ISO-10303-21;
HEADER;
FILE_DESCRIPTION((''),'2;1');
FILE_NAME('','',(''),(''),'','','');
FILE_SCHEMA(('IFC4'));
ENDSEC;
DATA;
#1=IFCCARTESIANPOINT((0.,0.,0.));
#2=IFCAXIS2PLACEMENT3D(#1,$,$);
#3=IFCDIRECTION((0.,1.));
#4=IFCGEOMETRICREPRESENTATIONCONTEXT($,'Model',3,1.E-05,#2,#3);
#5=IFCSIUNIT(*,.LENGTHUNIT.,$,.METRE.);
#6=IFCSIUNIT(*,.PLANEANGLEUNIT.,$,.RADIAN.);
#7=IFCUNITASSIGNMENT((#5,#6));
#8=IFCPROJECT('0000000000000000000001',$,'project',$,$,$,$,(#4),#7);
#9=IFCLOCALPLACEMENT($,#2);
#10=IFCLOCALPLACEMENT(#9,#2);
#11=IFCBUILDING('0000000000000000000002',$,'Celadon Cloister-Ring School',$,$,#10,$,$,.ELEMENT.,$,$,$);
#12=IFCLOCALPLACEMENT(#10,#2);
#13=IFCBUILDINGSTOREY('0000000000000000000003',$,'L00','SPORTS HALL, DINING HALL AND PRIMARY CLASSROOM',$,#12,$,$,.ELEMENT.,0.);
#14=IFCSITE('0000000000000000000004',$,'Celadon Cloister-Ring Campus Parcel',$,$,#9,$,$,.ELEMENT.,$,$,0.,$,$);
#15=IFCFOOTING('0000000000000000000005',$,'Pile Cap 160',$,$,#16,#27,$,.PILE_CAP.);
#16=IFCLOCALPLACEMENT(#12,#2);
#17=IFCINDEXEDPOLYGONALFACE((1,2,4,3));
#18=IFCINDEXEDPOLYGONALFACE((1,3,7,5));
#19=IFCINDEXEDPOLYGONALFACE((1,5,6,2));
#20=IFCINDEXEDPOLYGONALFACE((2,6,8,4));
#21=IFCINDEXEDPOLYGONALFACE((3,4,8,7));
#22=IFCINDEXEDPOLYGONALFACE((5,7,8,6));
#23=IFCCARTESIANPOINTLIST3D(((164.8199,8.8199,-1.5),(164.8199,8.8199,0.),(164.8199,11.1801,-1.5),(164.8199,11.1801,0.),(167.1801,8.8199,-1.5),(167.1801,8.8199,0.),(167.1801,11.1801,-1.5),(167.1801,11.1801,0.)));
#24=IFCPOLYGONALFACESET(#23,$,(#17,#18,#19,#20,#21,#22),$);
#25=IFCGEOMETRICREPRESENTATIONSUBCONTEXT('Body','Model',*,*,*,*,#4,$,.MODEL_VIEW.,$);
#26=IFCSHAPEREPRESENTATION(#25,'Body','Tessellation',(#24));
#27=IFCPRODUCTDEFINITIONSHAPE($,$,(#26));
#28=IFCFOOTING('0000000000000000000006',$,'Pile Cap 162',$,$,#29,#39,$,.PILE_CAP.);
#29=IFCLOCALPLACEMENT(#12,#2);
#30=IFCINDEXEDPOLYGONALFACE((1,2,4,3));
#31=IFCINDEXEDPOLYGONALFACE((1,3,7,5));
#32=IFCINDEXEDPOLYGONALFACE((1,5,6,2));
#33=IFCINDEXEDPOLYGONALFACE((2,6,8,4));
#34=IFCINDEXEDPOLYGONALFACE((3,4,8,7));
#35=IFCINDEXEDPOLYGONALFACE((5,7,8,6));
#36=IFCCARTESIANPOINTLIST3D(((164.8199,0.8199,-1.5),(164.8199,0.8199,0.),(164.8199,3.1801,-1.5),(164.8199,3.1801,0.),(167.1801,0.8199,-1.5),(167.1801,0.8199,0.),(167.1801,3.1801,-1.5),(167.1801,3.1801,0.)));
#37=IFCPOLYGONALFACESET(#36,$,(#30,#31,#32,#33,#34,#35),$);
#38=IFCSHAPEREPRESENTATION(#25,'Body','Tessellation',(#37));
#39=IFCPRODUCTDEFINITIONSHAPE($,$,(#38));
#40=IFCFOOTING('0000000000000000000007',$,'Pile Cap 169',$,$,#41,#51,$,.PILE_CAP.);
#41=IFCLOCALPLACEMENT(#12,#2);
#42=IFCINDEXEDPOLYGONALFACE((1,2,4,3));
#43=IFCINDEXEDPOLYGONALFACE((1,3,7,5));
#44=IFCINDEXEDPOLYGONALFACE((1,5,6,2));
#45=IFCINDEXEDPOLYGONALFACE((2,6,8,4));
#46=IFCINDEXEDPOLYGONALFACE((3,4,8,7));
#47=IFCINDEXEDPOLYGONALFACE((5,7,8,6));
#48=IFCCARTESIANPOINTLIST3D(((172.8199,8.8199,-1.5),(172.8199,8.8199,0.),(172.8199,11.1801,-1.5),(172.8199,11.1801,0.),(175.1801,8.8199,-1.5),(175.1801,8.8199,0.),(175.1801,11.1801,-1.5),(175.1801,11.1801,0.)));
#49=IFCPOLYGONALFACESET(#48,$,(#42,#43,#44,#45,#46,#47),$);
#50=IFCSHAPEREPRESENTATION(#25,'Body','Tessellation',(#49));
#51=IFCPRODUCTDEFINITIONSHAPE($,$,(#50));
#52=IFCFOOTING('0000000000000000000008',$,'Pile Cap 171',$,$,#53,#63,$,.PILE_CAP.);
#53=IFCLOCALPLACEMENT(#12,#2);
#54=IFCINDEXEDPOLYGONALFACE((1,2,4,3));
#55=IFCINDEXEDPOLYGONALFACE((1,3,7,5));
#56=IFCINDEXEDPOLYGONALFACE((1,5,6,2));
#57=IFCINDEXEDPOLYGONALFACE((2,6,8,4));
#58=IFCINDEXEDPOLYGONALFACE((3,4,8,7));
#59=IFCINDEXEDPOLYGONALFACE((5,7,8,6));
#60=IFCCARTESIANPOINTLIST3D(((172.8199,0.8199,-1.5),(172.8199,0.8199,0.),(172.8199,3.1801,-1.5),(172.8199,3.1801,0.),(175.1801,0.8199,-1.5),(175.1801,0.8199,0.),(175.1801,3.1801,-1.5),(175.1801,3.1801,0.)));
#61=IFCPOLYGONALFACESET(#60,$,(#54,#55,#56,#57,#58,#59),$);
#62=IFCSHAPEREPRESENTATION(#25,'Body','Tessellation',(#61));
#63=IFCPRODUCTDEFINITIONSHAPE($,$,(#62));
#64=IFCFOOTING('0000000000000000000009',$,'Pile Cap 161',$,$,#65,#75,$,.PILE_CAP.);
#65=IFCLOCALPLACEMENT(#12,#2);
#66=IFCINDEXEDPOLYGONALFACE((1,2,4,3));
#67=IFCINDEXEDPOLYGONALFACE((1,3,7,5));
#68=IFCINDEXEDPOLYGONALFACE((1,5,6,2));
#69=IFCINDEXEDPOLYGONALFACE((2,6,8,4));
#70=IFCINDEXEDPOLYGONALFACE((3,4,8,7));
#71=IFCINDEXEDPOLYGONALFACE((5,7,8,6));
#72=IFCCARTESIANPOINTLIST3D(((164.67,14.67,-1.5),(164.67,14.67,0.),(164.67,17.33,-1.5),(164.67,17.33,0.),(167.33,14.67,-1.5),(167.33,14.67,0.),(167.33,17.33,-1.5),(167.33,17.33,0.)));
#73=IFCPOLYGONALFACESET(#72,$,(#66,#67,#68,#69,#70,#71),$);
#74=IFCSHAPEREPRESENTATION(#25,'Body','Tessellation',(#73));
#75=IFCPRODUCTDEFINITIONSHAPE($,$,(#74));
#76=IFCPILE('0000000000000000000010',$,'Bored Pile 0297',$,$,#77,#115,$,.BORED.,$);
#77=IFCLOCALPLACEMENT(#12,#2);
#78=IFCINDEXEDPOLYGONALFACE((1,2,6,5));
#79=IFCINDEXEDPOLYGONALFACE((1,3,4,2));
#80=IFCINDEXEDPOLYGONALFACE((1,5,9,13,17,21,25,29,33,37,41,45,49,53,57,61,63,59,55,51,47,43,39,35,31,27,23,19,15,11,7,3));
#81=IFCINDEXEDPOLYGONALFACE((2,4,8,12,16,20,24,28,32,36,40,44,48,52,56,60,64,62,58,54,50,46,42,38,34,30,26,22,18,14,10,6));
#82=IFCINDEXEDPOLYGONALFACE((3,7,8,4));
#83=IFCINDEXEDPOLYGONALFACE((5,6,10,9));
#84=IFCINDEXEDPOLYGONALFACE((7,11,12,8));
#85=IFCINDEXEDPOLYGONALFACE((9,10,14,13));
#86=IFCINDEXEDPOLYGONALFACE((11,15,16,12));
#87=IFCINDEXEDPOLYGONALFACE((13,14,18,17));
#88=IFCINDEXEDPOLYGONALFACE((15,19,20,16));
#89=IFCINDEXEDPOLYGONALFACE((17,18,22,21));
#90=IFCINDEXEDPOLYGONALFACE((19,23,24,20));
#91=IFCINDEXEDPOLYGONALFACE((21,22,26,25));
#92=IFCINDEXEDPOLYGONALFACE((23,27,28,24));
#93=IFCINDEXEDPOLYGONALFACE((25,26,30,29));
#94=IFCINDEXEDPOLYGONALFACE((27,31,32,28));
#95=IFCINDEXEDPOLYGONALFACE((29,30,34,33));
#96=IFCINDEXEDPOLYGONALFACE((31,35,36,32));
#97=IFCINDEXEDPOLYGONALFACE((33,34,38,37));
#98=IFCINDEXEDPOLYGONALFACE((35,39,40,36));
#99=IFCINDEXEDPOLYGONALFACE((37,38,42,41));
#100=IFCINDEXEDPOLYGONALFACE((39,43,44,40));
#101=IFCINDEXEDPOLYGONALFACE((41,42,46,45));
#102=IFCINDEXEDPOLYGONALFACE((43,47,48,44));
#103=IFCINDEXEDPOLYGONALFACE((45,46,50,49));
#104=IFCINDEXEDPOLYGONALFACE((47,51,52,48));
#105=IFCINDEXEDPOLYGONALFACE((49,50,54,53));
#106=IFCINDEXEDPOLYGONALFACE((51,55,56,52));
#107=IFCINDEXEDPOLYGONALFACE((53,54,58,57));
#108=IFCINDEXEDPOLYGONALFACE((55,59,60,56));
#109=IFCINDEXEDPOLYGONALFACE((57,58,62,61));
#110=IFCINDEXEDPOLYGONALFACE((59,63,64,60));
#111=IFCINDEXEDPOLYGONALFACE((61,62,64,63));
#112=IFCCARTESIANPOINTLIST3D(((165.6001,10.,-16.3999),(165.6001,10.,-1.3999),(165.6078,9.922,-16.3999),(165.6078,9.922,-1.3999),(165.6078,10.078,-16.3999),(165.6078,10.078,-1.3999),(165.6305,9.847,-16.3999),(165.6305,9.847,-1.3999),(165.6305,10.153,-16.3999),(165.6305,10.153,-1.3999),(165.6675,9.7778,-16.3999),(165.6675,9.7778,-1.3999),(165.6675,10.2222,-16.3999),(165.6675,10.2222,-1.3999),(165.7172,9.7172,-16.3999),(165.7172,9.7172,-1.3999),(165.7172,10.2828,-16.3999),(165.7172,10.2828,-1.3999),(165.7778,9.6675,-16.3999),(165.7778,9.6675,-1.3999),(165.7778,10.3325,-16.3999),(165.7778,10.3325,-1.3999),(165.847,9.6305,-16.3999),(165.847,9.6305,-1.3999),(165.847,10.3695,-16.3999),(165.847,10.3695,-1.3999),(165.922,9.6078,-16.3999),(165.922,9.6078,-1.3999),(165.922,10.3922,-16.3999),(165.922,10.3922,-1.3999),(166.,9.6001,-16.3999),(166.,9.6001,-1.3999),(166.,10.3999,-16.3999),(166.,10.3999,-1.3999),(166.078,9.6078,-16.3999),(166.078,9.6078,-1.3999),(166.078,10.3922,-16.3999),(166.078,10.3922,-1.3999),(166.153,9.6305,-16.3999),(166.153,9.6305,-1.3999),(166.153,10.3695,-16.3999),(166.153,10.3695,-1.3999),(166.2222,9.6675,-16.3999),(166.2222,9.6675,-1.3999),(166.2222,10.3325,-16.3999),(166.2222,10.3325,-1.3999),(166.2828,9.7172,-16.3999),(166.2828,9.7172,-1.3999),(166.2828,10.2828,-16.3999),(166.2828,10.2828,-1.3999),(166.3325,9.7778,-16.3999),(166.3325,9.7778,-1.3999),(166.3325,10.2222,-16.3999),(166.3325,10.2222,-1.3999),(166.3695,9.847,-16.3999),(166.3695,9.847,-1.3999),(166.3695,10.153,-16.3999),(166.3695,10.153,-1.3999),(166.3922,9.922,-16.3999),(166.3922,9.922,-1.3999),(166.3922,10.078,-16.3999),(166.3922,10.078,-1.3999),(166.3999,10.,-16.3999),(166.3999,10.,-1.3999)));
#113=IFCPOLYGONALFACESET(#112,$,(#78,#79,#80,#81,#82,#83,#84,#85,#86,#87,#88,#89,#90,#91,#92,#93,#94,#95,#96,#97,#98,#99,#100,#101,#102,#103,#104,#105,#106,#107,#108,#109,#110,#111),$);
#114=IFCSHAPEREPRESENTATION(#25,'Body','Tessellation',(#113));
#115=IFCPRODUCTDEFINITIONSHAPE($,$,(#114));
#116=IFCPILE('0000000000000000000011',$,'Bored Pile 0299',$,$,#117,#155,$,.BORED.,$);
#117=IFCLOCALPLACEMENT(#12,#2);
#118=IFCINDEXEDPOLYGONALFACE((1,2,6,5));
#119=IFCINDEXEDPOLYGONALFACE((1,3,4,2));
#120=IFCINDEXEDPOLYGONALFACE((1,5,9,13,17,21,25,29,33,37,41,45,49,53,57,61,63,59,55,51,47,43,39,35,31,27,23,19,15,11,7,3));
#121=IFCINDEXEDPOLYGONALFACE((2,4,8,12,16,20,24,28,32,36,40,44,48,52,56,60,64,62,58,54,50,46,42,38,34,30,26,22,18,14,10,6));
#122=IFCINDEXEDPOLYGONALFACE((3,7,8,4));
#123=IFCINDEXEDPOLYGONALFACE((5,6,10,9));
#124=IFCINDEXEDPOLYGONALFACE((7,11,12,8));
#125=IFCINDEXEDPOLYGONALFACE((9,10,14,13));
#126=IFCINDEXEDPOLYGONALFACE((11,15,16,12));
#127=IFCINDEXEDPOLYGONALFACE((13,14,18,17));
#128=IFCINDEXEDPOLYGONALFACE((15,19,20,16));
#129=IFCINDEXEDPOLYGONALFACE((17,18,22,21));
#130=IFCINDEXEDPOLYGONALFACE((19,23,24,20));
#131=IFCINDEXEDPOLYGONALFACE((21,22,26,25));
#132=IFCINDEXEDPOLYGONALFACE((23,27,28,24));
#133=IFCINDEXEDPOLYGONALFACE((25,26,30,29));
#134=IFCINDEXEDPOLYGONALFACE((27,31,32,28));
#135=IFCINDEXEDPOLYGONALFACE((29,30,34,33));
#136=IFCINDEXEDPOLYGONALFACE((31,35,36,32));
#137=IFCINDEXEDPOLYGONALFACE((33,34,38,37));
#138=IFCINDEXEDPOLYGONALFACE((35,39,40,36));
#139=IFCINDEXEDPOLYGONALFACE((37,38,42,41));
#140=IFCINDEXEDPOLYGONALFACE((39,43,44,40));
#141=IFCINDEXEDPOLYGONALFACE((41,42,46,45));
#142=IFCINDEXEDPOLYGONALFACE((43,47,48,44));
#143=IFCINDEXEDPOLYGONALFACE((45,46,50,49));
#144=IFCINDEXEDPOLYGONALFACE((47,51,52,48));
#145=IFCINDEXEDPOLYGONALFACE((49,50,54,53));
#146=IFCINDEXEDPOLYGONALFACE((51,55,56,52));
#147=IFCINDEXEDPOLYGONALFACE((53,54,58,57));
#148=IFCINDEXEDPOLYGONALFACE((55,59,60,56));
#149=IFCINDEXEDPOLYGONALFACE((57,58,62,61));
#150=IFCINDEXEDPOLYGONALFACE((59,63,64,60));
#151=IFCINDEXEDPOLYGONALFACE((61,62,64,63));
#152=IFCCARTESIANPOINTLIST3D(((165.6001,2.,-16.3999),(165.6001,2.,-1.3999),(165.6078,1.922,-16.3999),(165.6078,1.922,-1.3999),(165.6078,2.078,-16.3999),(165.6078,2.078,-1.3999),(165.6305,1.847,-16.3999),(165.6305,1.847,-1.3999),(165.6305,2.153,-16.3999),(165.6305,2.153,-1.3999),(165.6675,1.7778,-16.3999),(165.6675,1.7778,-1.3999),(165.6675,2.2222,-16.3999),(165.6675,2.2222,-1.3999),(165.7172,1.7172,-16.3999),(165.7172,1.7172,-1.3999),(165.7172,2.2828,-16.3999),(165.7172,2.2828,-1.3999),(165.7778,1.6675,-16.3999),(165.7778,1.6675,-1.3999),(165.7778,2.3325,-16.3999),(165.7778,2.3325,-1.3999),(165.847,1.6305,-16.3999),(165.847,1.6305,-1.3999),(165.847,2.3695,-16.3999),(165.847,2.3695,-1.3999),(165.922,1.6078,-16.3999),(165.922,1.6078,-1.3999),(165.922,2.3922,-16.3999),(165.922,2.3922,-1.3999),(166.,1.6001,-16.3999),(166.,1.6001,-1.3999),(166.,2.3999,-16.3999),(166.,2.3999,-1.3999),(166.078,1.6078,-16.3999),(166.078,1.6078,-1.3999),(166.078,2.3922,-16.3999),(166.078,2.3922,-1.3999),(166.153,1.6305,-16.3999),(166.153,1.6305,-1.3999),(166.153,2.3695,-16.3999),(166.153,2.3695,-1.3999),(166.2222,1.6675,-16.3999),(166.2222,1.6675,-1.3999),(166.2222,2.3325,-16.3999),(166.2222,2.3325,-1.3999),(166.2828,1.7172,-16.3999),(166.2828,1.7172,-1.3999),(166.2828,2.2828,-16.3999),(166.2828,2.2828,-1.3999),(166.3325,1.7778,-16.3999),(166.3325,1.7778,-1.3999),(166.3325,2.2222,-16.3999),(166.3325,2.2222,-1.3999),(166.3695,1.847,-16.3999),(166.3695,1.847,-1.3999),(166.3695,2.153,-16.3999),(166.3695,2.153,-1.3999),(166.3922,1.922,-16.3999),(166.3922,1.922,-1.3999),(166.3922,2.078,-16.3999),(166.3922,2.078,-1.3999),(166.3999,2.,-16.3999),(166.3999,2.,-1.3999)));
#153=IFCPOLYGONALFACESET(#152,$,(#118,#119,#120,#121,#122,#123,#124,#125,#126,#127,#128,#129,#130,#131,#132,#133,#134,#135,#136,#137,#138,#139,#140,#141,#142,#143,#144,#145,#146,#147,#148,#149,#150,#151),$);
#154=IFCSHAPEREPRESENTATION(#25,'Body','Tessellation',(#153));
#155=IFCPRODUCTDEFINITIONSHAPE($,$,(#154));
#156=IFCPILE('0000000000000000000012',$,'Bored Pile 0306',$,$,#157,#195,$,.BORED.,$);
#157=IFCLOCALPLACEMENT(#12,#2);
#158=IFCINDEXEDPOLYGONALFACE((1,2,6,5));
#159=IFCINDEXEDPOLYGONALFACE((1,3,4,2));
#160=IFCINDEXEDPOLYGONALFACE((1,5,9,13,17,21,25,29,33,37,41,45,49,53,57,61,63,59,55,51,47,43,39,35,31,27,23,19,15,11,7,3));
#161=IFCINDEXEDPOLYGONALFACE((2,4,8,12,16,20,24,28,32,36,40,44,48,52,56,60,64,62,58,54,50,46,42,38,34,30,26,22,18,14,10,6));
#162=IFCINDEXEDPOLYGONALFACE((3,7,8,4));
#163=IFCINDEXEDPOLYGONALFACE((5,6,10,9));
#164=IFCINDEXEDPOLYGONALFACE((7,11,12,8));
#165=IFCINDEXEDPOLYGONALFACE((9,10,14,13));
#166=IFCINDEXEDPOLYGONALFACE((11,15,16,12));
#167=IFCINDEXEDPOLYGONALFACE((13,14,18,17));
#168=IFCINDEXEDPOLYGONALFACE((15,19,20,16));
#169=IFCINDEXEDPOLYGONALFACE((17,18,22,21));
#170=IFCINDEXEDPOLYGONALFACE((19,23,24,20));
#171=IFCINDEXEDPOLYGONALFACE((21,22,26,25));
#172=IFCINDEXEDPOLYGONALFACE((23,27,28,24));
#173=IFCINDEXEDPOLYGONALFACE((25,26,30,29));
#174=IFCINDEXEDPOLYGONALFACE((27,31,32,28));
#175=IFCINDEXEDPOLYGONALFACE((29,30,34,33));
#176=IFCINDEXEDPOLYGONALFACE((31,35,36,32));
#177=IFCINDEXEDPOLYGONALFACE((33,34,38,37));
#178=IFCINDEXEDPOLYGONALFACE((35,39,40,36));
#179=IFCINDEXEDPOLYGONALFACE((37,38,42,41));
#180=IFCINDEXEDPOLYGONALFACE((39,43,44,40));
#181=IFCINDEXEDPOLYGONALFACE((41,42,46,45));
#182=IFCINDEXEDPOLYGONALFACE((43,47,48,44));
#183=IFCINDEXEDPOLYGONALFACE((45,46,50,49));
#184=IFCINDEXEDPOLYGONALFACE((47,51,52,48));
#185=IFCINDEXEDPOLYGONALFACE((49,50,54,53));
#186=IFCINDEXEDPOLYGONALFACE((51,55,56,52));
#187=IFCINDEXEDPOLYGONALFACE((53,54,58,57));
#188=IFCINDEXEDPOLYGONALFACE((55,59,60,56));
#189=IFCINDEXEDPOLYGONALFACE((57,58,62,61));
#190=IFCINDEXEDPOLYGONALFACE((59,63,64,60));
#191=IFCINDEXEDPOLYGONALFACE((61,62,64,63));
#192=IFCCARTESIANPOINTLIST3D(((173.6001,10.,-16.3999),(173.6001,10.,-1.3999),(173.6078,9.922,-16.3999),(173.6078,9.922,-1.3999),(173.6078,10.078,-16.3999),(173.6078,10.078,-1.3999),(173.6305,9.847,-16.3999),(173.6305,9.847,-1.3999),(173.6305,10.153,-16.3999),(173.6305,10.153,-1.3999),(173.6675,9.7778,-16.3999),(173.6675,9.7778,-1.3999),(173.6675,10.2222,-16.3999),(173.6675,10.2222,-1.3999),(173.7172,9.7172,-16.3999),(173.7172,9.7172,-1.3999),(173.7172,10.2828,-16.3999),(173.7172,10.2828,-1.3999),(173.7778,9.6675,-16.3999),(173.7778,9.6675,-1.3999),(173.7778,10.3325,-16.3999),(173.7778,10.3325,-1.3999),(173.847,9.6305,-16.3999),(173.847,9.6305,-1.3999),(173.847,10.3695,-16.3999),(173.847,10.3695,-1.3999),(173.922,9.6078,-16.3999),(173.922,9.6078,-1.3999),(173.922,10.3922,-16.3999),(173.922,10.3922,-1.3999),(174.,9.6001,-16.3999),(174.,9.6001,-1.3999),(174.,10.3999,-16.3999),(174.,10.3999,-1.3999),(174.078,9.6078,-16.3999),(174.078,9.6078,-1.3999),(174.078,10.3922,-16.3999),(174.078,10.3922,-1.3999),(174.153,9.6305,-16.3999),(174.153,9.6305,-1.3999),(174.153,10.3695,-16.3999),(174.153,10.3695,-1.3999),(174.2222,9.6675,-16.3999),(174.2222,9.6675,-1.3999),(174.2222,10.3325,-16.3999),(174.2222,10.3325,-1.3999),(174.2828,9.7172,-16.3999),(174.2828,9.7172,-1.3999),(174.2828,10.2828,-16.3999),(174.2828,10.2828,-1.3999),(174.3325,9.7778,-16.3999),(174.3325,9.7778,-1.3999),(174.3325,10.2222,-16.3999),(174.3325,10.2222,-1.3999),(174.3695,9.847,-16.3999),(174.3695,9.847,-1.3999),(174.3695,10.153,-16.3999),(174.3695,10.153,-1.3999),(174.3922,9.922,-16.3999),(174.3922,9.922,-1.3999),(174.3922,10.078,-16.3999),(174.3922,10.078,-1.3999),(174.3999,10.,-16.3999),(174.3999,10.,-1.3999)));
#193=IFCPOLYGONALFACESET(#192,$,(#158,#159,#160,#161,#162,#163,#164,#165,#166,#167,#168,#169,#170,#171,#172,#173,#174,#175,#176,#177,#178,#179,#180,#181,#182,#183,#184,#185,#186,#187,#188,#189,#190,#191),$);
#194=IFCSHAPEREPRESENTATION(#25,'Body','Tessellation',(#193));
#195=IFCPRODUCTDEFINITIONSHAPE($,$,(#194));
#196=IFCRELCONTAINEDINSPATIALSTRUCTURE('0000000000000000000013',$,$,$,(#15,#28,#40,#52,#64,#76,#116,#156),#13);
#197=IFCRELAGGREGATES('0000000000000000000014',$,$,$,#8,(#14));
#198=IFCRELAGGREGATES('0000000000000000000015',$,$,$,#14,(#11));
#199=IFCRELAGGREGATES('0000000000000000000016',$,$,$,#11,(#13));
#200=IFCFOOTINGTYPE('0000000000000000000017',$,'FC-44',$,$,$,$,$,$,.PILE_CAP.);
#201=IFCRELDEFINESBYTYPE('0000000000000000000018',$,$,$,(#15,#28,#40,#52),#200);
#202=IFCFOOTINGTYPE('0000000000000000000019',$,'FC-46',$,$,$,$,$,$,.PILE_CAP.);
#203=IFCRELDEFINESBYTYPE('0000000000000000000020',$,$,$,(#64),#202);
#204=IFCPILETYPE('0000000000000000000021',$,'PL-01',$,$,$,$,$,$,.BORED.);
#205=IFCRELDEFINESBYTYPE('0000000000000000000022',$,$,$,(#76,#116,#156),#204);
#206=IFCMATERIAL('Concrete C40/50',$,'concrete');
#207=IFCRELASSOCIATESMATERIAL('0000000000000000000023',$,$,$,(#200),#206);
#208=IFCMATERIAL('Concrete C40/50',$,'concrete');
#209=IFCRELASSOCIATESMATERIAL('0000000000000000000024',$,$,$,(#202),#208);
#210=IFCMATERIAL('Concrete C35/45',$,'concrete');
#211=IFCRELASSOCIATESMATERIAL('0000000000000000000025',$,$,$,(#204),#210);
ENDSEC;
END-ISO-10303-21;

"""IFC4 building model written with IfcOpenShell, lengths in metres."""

from ifc_helpers import new_model, si_unit, direction, frame, origin, origin_2d, place, context, subcontext, project, spatial, rectangle, circle, extrude, material, material_profile, profile_set, type_object, element, save


model = new_model("IFC4")

# Units and contexts
model_context = context("Model", 3, precision=1e-05, world=origin(), true_north=direction((0.0, 1.0)))
body_context = subcontext(model_context, "Body", "Model", "MODEL_VIEW")
ifc_project = project(units=[si_unit("LENGTHUNIT", "METRE"), si_unit("PLANEANGLEUNIT", "RADIAN")], contexts=[model_context])

# Site, building, storey
site_placement = place(None, origin())
site = spatial("IfcSite", under=ifc_project, at=site_placement, Name="Celadon Cloister-Ring Campus Parcel", CompositionType="ELEMENT", RefElevation=0.0)
building_placement = place(site_placement, origin())
building = spatial("IfcBuilding", under=site, at=building_placement, Name="Celadon Cloister-Ring School", CompositionType="ELEMENT")
storey_placement = place(building_placement, origin())
storey = spatial("IfcBuildingStorey", under=building, at=storey_placement, Name="L00", Description="SPORTS HALL, DINING HALL AND PRIMARY CLASSROOM", CompositionType="ELEMENT", Elevation=0.0)

# Footings
ifc_material_1 = material(Name="Concrete C40/50", Category="concrete")
footing_type_1 = type_object("IfcFootingType", Name="FC-44", PredefinedType="PILE_CAP", material=ifc_material_1)
for number, where, z_axis, x_axis, name in (
    (1, (166.0, 10.0, -1.5), (0.0, 0.0, 1.0), (1.0, 0.0, 0.0), "Pile Cap 160"),
    (2, (166.0, 2.0, -1.5), (0.0, 0.0, 1.0), (1.0, 0.0, 0.0), "Pile Cap 162"),
    (3, (174.0, 10.0, -1.5), (0.0, 0.0, 1.0), (1.0, 0.0, 0.0), "Pile Cap 169"),
    (4, (174.0, 2.0, -1.5), (0.0, 0.0, 1.0), (1.0, 0.0, 0.0), "Pile Cap 171"),
):
    element("IfcFooting", number, at=place(storey_placement, frame(where, z_axis=z_axis, x_axis=x_axis)), inside=storey, type_object=footing_type_1, Name=name, PredefinedType="PILE_CAP", context=body_context, shape_type="SweptSolid", body=[
        extrude(rectangle(XDim=2.3601, YDim=2.3601, at=origin_2d()), origin(), (0.0, 0.0, 1.0), 1.5),
    ])
ifc_material_2 = material(Name="Concrete C40/50", Category="concrete")
footing_type_2 = type_object("IfcFootingType", Name="FC-46", PredefinedType="PILE_CAP", material=ifc_material_2)
footing_placement = place(storey_placement, frame((166.0, 16.0, -1.5), z_axis=(0.0, 0.0, 1.0), x_axis=(1.0, 0.0, 0.0)))
element("IfcFooting", 5, at=footing_placement, inside=storey, type_object=footing_type_2, Name="Pile Cap 161", PredefinedType="PILE_CAP", context=body_context, shape_type="SweptSolid", body=[
    extrude(rectangle(XDim=2.6599, YDim=2.6599, at=origin_2d()), origin(), (0.0, 0.0, 1.0), 1.5),
])

# Piles
ifc_material_3 = material(Name="Concrete C35/45", Category="concrete")
ifc_material_profile_1 = material_profile(ifc_material_3, circle(Radius=0.3999, at=origin_2d()), Name="PILE800")
ifc_profile_set_1 = profile_set([ifc_material_profile_1], Name="Concrete C35/45")
pile_type = type_object("IfcPileType", Name="PL-01", PredefinedType="BORED", material=ifc_profile_set_1)
for number, where, z_axis, x_axis, name in (
    (6, (166.0, 10.0, -1.3999), (0.0, 0.0, -1.0), (1.0, 0.0, 0.0), "Bored Pile 0297"),
    (7, (166.0, 2.0, -1.3999), (0.0, 0.0, -1.0), (1.0, 0.0, 0.0), "Bored Pile 0299"),
    (8, (174.0, 10.0, -1.3999), (0.0, 0.0, -1.0), (1.0, 0.0, 0.0), "Bored Pile 0306"),
):
    element("IfcPile", number, at=place(storey_placement, frame(where, z_axis=z_axis, x_axis=x_axis)), inside=storey, type_object=pile_type, Name=name, PredefinedType="BORED", context=body_context, shape_type="SweptSolid", body=[
        extrude(circle(Radius=0.3999, at=origin_2d()), origin(), (0.0, 0.0, 1.0), 15.0),
    ])

save(model, "model.ifc")
